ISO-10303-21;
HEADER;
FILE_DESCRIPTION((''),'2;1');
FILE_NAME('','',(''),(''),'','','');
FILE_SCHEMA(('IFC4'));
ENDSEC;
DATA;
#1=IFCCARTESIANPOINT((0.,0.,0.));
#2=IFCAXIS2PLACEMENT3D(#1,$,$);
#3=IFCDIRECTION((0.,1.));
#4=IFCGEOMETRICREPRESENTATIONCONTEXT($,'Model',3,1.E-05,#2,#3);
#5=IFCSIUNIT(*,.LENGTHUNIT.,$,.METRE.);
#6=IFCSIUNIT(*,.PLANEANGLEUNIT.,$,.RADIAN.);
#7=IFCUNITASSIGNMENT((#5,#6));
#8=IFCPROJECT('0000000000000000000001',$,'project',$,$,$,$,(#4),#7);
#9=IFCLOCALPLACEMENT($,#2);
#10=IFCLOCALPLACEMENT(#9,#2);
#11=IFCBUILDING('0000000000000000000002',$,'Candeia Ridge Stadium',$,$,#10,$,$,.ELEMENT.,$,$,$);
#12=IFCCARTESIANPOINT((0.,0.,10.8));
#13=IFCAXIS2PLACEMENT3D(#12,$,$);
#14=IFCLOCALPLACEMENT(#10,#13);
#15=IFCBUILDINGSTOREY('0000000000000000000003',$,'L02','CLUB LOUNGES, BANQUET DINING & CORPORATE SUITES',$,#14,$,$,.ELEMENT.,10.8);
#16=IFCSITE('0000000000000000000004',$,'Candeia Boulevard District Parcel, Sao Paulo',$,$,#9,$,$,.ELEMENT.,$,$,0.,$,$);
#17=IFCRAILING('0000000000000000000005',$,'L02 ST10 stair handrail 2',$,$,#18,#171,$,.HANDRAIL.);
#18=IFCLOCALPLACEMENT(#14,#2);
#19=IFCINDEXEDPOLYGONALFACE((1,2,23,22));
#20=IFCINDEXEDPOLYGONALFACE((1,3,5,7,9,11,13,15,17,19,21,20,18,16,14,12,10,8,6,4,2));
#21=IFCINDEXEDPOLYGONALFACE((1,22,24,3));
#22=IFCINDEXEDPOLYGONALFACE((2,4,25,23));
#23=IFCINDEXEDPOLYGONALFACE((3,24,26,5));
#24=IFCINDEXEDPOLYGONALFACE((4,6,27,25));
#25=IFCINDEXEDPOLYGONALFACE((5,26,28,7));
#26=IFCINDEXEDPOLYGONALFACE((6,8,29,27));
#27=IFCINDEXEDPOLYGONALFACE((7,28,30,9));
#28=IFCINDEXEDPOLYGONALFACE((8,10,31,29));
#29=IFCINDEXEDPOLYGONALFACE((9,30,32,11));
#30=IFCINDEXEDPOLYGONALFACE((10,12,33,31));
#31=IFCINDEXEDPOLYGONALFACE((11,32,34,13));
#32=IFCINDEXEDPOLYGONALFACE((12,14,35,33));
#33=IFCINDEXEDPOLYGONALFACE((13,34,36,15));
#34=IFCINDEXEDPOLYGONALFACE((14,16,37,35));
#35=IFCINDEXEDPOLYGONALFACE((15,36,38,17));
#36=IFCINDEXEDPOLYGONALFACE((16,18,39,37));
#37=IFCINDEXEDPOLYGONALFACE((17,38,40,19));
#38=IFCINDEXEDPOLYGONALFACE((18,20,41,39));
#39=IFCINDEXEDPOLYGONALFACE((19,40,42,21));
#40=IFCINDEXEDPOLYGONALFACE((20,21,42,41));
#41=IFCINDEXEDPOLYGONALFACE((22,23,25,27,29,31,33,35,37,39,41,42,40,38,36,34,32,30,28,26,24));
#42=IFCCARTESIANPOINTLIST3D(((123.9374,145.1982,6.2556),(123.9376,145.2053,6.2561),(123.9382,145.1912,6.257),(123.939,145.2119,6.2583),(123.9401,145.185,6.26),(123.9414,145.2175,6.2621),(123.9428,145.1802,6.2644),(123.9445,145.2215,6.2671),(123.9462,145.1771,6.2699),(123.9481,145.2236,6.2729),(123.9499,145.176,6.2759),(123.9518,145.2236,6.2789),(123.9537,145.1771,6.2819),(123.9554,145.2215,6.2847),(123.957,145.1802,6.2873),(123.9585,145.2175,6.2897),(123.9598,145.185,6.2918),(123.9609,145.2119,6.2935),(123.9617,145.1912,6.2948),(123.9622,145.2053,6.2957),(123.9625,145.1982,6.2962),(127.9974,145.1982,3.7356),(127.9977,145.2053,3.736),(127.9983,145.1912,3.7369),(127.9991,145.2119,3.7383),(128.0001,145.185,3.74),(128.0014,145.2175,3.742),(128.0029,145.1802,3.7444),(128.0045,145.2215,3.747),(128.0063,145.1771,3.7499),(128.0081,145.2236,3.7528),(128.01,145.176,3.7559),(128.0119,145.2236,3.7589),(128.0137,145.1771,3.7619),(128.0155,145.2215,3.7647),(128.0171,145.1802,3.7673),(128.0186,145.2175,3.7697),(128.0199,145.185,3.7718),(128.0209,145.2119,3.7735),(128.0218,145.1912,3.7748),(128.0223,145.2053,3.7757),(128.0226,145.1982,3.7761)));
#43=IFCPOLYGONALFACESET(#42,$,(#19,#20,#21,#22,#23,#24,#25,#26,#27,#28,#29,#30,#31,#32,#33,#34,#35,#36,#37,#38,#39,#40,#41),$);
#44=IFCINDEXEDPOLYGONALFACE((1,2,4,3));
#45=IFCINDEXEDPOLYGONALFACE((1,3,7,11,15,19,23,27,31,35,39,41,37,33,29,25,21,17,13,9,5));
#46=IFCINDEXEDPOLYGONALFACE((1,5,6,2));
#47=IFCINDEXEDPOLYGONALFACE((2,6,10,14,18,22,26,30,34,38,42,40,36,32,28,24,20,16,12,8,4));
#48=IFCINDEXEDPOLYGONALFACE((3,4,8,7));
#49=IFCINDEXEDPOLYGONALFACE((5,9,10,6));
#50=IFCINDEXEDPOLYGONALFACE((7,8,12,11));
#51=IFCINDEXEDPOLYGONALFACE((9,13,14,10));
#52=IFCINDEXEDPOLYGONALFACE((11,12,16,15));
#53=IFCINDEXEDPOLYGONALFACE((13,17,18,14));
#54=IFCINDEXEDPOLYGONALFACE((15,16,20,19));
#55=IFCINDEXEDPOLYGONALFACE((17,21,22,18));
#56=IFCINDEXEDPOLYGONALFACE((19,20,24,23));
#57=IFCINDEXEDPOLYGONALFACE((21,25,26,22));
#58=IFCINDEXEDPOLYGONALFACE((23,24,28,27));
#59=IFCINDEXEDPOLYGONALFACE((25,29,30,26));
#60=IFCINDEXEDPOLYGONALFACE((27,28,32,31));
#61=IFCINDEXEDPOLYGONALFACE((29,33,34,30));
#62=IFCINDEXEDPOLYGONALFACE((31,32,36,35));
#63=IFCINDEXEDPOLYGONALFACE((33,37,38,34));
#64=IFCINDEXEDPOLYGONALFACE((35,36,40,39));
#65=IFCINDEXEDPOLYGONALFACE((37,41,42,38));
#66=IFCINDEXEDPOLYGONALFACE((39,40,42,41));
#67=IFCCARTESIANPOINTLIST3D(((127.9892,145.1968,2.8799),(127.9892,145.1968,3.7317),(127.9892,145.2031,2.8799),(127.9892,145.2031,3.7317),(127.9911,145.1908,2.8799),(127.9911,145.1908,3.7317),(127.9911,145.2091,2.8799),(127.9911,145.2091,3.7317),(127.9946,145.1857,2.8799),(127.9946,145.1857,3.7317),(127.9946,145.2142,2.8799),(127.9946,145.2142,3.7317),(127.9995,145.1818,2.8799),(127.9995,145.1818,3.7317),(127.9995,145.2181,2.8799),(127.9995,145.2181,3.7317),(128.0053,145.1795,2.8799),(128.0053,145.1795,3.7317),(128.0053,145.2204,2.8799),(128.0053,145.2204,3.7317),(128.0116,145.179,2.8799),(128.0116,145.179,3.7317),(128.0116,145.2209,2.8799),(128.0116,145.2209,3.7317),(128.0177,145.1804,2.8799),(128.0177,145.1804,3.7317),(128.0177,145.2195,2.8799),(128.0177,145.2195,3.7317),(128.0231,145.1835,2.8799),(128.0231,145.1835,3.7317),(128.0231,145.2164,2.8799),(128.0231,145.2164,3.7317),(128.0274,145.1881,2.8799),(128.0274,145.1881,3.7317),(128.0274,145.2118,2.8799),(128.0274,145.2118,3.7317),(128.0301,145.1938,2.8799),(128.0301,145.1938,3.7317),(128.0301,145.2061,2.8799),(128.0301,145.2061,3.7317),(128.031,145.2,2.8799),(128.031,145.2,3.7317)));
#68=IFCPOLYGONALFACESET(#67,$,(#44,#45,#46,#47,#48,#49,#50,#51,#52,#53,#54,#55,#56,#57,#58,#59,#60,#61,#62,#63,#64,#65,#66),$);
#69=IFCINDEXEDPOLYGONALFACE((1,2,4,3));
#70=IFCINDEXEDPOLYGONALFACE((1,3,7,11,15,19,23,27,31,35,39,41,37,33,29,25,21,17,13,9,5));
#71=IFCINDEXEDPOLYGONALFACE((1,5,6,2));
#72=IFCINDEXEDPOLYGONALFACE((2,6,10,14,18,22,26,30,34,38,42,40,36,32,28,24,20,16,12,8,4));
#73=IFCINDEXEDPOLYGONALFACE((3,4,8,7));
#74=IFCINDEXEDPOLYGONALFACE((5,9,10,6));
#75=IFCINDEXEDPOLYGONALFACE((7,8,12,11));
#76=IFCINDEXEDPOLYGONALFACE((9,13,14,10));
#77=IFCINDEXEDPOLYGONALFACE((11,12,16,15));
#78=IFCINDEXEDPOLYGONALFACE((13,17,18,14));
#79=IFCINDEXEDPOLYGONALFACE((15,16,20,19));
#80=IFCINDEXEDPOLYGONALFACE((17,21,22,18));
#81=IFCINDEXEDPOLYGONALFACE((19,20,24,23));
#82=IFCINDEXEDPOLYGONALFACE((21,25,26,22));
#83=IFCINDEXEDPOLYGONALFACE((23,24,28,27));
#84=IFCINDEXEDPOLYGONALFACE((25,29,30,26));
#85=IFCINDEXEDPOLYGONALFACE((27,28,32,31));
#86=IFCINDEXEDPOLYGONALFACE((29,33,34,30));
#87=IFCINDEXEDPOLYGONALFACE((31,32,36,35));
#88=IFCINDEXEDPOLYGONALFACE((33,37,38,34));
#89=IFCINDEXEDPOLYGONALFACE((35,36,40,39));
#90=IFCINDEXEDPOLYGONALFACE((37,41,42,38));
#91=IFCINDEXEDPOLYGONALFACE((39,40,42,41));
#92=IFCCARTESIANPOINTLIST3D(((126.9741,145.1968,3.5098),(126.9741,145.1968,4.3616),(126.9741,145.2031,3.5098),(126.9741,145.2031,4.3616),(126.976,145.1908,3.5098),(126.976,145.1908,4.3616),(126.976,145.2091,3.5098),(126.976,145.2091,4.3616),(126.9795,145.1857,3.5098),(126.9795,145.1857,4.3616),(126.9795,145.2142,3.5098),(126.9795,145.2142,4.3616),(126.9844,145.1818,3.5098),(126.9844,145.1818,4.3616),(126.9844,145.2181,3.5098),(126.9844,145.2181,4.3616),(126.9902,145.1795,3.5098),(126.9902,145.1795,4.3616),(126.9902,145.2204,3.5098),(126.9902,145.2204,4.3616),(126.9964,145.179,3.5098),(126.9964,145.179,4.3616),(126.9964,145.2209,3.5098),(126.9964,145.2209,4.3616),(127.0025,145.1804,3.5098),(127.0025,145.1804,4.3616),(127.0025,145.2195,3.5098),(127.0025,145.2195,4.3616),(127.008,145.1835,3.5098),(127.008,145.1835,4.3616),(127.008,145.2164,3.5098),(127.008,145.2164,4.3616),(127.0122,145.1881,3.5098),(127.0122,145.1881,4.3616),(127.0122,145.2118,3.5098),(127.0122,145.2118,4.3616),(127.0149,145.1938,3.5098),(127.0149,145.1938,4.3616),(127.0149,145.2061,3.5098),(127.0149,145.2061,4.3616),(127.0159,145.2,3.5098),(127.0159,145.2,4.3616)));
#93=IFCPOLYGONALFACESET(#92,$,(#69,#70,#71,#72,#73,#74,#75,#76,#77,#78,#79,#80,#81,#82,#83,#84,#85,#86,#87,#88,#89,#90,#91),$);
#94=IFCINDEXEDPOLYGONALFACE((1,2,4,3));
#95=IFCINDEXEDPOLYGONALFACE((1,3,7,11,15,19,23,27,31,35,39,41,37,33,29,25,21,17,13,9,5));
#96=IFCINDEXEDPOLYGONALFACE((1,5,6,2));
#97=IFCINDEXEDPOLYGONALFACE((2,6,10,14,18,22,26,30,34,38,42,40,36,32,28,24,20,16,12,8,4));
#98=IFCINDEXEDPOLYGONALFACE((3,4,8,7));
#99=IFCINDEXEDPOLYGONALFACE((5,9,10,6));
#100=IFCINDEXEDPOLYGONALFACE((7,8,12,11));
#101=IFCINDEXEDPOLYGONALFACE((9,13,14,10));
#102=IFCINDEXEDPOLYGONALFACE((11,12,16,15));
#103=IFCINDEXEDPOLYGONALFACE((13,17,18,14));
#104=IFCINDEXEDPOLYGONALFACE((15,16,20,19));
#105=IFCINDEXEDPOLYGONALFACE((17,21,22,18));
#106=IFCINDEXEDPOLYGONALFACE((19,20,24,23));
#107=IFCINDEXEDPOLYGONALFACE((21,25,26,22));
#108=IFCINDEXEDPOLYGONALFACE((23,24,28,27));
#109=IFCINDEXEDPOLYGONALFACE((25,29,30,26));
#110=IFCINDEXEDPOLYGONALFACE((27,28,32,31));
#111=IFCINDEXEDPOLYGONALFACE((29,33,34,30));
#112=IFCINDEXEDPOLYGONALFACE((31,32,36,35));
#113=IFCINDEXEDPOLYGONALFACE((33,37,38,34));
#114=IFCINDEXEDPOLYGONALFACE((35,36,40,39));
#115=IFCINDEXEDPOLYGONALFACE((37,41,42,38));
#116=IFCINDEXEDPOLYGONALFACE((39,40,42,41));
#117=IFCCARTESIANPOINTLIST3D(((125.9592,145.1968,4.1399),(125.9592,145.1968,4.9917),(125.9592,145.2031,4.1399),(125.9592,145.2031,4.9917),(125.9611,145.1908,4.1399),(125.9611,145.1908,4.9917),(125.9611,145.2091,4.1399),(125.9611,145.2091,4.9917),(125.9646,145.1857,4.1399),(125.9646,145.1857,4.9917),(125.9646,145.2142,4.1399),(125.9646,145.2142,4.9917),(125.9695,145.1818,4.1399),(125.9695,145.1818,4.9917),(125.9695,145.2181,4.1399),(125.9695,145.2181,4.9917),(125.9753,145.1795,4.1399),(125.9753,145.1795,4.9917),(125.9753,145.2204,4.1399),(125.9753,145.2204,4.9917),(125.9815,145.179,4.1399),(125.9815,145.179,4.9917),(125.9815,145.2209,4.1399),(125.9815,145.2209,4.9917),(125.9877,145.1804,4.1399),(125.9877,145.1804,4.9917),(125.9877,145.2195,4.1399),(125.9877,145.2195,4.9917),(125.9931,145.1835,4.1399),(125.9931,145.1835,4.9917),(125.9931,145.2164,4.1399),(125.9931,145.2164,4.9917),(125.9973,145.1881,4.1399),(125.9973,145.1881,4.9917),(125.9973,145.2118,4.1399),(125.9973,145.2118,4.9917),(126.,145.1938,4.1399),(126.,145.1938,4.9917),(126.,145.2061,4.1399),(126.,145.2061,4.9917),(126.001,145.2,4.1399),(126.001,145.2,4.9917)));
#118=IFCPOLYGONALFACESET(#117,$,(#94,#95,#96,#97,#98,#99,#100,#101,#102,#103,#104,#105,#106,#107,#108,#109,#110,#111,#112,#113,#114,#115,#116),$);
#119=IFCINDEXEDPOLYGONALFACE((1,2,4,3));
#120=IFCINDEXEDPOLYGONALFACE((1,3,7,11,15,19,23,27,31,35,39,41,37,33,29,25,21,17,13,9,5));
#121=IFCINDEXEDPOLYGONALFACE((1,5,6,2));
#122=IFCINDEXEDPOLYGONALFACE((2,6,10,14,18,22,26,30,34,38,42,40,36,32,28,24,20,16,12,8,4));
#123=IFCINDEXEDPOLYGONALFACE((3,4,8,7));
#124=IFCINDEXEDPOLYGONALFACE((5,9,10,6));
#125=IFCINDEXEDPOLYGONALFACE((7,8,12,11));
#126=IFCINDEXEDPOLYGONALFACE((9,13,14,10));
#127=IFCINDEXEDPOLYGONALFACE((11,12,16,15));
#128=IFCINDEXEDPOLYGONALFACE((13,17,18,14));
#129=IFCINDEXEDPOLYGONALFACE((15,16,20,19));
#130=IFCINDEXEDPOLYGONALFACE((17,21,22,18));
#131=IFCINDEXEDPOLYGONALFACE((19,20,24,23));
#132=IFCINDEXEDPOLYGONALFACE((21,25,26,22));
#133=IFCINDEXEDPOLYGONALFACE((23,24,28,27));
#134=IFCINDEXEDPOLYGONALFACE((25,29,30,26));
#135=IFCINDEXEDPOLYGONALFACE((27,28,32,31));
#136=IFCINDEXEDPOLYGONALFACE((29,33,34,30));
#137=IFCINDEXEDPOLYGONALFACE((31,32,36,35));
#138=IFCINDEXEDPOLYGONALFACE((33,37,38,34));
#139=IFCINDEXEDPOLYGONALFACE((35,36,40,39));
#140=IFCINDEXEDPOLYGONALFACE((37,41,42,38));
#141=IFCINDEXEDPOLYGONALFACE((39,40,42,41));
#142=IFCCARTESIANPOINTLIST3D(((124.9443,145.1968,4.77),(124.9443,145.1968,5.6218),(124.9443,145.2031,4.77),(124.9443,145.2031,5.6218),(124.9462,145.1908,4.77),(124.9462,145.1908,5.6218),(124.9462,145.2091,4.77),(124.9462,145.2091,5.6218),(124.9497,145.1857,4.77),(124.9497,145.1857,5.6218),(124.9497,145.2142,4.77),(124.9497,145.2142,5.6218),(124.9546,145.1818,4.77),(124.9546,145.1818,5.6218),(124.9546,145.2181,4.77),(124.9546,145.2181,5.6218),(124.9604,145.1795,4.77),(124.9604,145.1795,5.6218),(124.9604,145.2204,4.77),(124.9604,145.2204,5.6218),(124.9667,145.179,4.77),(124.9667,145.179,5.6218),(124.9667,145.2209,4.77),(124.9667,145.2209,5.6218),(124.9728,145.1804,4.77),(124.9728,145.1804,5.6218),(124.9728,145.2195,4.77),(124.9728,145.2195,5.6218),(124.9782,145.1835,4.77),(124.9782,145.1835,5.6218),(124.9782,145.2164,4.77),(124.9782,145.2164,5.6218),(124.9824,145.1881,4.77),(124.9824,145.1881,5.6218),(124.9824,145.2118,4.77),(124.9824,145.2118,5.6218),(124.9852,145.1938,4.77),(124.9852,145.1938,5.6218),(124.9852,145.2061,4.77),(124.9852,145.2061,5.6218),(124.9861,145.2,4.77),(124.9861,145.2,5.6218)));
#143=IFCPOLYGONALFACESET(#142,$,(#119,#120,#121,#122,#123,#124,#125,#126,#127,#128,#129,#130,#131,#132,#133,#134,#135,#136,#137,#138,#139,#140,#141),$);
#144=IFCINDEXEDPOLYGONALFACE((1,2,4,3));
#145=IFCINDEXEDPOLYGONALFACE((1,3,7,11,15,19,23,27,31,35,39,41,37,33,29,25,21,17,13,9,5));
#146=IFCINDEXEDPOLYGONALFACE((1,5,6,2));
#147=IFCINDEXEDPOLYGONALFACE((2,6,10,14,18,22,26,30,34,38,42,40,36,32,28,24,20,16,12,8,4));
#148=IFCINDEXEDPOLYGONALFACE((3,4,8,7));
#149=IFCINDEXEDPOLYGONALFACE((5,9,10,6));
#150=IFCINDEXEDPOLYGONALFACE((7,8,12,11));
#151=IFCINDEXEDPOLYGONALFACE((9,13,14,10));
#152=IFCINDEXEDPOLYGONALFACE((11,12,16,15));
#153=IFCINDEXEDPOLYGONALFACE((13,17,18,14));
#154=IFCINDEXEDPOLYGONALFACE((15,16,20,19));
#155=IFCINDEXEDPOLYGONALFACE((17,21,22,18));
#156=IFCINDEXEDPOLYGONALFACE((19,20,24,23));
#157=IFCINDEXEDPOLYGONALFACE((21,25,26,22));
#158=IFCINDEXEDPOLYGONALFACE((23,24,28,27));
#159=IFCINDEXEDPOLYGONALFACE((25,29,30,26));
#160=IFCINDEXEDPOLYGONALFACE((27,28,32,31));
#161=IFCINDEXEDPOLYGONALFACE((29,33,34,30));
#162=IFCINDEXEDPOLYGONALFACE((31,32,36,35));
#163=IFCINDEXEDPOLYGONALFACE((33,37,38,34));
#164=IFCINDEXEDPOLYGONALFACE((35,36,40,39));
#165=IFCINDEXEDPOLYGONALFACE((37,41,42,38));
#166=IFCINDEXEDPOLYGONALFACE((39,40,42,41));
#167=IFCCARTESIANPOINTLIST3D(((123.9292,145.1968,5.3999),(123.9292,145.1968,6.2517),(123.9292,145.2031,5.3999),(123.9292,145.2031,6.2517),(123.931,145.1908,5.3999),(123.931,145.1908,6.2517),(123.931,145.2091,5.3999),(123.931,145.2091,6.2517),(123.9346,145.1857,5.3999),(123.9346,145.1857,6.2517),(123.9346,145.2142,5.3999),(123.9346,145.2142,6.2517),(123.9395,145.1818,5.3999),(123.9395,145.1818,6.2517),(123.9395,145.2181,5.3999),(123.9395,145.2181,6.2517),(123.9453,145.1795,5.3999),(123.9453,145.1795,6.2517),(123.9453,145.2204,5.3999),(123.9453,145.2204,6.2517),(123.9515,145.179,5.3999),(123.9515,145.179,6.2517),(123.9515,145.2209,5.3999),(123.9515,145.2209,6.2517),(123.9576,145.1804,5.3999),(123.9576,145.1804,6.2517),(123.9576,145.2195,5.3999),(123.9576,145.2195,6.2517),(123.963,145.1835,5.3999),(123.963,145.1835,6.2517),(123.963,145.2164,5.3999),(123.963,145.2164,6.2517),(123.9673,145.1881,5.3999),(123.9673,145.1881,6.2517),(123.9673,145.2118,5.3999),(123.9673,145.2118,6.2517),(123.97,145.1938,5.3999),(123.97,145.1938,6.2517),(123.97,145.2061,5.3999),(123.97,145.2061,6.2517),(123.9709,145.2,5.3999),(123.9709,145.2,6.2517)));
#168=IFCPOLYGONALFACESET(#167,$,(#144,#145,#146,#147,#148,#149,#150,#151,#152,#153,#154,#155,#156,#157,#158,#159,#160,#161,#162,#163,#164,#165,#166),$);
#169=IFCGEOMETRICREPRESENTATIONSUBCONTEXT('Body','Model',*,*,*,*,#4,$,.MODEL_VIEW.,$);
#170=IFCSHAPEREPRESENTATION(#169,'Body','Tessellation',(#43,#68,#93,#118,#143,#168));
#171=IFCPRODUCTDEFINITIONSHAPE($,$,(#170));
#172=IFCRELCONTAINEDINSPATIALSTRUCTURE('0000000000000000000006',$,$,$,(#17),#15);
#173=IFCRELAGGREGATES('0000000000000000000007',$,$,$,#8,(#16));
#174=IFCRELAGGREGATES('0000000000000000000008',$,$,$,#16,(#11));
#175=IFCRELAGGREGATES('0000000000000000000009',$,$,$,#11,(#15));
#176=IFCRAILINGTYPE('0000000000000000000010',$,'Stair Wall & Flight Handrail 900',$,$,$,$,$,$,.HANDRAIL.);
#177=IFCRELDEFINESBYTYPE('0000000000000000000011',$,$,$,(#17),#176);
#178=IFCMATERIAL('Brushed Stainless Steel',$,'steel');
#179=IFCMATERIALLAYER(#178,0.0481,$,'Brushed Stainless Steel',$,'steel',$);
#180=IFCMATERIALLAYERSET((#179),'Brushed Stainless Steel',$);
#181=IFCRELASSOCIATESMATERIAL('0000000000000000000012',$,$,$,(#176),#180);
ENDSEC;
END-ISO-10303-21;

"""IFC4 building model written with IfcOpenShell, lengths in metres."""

from ifc_helpers import new_model, si_unit, direction, frame, origin, origin_2d, place, context, subcontext, project, spatial, circle, extrude, material, layer, layer_set, type_object, element, save


model = new_model("IFC4")

# Units and contexts
model_context = context("Model", 3, precision=1e-05, world=origin(), true_north=direction((0.0, 1.0)))
body_context = subcontext(model_context, "Body", "Model", "MODEL_VIEW")
ifc_project = project(units=[si_unit("LENGTHUNIT", "METRE"), si_unit("PLANEANGLEUNIT", "RADIAN")], contexts=[model_context])

# Site, building, storey
site_placement = place(None, origin())
site = spatial("IfcSite", under=ifc_project, at=site_placement, Name="Candeia Boulevard District Parcel, Sao Paulo", CompositionType="ELEMENT", RefElevation=0.0)
building_placement = place(site_placement, origin())
building = spatial("IfcBuilding", under=site, at=building_placement, Name="Candeia Ridge Stadium", CompositionType="ELEMENT")
storey_placement = place(building_placement, frame((0.0, 0.0, 10.8)))
storey = spatial("IfcBuildingStorey", under=building, at=storey_placement, Name="L02", Description="CLUB LOUNGES, BANQUET DINING & CORPORATE SUITES", CompositionType="ELEMENT", Elevation=10.8)

# Railing
ifc_material_1 = material(Name="Brushed Stainless Steel", Category="steel")
ifc_layer_1 = layer(ifc_material_1, 0.0481, Name="Brushed Stainless Steel", Category="steel")
ifc_layer_set_1 = layer_set([ifc_layer_1], Name="Brushed Stainless Steel")
railing_type_1 = type_object("IfcRailingType", Name="Stair Wall & Flight Handrail 900", PredefinedType="HANDRAIL", material=ifc_layer_set_1)
railing_1_placement = place(storey_placement, frame((128.01, 145.2, 2.8799)))
element("IfcRailing", 1, at=railing_1_placement, inside=storey, type_object=railing_type_1, Name="L02 ST10 stair handrail 2", PredefinedType="HANDRAIL", context=body_context, shape_type="SweptSolid", body=[
    extrude(circle(Radius=0.0239, at=origin_2d()), frame((0.0, 0.0, 0.876), z_axis=(-0.849642, 0.0, 0.52736), x_axis=(0.0, -1.0, 0.0)), (0.0, 0.0, 1.0), 4.7786),
    extrude(circle(Radius=0.021, at=origin_2d()), origin(), (0.0, 0.0, 1.0), 0.8518),
    extrude(circle(Radius=0.021, at=origin_2d()), frame((-1.0151, 0.0, 0.6299)), (0.0, 0.0, 1.0), 0.8518),
    extrude(circle(Radius=0.021, at=origin_2d()), frame((-2.03, 0.0, 1.26)), (0.0, 0.0, 1.0), 0.8518),
    extrude(circle(Radius=0.021, at=origin_2d()), frame((-3.0449, 0.0, 1.8901)), (0.0, 0.0, 1.0), 0.8518),
    extrude(circle(Radius=0.021, at=origin_2d()), frame((-4.0601, 0.0, 2.52)), (0.0, 0.0, 1.0), 0.8518),
])

save(model, "model.ifc")
